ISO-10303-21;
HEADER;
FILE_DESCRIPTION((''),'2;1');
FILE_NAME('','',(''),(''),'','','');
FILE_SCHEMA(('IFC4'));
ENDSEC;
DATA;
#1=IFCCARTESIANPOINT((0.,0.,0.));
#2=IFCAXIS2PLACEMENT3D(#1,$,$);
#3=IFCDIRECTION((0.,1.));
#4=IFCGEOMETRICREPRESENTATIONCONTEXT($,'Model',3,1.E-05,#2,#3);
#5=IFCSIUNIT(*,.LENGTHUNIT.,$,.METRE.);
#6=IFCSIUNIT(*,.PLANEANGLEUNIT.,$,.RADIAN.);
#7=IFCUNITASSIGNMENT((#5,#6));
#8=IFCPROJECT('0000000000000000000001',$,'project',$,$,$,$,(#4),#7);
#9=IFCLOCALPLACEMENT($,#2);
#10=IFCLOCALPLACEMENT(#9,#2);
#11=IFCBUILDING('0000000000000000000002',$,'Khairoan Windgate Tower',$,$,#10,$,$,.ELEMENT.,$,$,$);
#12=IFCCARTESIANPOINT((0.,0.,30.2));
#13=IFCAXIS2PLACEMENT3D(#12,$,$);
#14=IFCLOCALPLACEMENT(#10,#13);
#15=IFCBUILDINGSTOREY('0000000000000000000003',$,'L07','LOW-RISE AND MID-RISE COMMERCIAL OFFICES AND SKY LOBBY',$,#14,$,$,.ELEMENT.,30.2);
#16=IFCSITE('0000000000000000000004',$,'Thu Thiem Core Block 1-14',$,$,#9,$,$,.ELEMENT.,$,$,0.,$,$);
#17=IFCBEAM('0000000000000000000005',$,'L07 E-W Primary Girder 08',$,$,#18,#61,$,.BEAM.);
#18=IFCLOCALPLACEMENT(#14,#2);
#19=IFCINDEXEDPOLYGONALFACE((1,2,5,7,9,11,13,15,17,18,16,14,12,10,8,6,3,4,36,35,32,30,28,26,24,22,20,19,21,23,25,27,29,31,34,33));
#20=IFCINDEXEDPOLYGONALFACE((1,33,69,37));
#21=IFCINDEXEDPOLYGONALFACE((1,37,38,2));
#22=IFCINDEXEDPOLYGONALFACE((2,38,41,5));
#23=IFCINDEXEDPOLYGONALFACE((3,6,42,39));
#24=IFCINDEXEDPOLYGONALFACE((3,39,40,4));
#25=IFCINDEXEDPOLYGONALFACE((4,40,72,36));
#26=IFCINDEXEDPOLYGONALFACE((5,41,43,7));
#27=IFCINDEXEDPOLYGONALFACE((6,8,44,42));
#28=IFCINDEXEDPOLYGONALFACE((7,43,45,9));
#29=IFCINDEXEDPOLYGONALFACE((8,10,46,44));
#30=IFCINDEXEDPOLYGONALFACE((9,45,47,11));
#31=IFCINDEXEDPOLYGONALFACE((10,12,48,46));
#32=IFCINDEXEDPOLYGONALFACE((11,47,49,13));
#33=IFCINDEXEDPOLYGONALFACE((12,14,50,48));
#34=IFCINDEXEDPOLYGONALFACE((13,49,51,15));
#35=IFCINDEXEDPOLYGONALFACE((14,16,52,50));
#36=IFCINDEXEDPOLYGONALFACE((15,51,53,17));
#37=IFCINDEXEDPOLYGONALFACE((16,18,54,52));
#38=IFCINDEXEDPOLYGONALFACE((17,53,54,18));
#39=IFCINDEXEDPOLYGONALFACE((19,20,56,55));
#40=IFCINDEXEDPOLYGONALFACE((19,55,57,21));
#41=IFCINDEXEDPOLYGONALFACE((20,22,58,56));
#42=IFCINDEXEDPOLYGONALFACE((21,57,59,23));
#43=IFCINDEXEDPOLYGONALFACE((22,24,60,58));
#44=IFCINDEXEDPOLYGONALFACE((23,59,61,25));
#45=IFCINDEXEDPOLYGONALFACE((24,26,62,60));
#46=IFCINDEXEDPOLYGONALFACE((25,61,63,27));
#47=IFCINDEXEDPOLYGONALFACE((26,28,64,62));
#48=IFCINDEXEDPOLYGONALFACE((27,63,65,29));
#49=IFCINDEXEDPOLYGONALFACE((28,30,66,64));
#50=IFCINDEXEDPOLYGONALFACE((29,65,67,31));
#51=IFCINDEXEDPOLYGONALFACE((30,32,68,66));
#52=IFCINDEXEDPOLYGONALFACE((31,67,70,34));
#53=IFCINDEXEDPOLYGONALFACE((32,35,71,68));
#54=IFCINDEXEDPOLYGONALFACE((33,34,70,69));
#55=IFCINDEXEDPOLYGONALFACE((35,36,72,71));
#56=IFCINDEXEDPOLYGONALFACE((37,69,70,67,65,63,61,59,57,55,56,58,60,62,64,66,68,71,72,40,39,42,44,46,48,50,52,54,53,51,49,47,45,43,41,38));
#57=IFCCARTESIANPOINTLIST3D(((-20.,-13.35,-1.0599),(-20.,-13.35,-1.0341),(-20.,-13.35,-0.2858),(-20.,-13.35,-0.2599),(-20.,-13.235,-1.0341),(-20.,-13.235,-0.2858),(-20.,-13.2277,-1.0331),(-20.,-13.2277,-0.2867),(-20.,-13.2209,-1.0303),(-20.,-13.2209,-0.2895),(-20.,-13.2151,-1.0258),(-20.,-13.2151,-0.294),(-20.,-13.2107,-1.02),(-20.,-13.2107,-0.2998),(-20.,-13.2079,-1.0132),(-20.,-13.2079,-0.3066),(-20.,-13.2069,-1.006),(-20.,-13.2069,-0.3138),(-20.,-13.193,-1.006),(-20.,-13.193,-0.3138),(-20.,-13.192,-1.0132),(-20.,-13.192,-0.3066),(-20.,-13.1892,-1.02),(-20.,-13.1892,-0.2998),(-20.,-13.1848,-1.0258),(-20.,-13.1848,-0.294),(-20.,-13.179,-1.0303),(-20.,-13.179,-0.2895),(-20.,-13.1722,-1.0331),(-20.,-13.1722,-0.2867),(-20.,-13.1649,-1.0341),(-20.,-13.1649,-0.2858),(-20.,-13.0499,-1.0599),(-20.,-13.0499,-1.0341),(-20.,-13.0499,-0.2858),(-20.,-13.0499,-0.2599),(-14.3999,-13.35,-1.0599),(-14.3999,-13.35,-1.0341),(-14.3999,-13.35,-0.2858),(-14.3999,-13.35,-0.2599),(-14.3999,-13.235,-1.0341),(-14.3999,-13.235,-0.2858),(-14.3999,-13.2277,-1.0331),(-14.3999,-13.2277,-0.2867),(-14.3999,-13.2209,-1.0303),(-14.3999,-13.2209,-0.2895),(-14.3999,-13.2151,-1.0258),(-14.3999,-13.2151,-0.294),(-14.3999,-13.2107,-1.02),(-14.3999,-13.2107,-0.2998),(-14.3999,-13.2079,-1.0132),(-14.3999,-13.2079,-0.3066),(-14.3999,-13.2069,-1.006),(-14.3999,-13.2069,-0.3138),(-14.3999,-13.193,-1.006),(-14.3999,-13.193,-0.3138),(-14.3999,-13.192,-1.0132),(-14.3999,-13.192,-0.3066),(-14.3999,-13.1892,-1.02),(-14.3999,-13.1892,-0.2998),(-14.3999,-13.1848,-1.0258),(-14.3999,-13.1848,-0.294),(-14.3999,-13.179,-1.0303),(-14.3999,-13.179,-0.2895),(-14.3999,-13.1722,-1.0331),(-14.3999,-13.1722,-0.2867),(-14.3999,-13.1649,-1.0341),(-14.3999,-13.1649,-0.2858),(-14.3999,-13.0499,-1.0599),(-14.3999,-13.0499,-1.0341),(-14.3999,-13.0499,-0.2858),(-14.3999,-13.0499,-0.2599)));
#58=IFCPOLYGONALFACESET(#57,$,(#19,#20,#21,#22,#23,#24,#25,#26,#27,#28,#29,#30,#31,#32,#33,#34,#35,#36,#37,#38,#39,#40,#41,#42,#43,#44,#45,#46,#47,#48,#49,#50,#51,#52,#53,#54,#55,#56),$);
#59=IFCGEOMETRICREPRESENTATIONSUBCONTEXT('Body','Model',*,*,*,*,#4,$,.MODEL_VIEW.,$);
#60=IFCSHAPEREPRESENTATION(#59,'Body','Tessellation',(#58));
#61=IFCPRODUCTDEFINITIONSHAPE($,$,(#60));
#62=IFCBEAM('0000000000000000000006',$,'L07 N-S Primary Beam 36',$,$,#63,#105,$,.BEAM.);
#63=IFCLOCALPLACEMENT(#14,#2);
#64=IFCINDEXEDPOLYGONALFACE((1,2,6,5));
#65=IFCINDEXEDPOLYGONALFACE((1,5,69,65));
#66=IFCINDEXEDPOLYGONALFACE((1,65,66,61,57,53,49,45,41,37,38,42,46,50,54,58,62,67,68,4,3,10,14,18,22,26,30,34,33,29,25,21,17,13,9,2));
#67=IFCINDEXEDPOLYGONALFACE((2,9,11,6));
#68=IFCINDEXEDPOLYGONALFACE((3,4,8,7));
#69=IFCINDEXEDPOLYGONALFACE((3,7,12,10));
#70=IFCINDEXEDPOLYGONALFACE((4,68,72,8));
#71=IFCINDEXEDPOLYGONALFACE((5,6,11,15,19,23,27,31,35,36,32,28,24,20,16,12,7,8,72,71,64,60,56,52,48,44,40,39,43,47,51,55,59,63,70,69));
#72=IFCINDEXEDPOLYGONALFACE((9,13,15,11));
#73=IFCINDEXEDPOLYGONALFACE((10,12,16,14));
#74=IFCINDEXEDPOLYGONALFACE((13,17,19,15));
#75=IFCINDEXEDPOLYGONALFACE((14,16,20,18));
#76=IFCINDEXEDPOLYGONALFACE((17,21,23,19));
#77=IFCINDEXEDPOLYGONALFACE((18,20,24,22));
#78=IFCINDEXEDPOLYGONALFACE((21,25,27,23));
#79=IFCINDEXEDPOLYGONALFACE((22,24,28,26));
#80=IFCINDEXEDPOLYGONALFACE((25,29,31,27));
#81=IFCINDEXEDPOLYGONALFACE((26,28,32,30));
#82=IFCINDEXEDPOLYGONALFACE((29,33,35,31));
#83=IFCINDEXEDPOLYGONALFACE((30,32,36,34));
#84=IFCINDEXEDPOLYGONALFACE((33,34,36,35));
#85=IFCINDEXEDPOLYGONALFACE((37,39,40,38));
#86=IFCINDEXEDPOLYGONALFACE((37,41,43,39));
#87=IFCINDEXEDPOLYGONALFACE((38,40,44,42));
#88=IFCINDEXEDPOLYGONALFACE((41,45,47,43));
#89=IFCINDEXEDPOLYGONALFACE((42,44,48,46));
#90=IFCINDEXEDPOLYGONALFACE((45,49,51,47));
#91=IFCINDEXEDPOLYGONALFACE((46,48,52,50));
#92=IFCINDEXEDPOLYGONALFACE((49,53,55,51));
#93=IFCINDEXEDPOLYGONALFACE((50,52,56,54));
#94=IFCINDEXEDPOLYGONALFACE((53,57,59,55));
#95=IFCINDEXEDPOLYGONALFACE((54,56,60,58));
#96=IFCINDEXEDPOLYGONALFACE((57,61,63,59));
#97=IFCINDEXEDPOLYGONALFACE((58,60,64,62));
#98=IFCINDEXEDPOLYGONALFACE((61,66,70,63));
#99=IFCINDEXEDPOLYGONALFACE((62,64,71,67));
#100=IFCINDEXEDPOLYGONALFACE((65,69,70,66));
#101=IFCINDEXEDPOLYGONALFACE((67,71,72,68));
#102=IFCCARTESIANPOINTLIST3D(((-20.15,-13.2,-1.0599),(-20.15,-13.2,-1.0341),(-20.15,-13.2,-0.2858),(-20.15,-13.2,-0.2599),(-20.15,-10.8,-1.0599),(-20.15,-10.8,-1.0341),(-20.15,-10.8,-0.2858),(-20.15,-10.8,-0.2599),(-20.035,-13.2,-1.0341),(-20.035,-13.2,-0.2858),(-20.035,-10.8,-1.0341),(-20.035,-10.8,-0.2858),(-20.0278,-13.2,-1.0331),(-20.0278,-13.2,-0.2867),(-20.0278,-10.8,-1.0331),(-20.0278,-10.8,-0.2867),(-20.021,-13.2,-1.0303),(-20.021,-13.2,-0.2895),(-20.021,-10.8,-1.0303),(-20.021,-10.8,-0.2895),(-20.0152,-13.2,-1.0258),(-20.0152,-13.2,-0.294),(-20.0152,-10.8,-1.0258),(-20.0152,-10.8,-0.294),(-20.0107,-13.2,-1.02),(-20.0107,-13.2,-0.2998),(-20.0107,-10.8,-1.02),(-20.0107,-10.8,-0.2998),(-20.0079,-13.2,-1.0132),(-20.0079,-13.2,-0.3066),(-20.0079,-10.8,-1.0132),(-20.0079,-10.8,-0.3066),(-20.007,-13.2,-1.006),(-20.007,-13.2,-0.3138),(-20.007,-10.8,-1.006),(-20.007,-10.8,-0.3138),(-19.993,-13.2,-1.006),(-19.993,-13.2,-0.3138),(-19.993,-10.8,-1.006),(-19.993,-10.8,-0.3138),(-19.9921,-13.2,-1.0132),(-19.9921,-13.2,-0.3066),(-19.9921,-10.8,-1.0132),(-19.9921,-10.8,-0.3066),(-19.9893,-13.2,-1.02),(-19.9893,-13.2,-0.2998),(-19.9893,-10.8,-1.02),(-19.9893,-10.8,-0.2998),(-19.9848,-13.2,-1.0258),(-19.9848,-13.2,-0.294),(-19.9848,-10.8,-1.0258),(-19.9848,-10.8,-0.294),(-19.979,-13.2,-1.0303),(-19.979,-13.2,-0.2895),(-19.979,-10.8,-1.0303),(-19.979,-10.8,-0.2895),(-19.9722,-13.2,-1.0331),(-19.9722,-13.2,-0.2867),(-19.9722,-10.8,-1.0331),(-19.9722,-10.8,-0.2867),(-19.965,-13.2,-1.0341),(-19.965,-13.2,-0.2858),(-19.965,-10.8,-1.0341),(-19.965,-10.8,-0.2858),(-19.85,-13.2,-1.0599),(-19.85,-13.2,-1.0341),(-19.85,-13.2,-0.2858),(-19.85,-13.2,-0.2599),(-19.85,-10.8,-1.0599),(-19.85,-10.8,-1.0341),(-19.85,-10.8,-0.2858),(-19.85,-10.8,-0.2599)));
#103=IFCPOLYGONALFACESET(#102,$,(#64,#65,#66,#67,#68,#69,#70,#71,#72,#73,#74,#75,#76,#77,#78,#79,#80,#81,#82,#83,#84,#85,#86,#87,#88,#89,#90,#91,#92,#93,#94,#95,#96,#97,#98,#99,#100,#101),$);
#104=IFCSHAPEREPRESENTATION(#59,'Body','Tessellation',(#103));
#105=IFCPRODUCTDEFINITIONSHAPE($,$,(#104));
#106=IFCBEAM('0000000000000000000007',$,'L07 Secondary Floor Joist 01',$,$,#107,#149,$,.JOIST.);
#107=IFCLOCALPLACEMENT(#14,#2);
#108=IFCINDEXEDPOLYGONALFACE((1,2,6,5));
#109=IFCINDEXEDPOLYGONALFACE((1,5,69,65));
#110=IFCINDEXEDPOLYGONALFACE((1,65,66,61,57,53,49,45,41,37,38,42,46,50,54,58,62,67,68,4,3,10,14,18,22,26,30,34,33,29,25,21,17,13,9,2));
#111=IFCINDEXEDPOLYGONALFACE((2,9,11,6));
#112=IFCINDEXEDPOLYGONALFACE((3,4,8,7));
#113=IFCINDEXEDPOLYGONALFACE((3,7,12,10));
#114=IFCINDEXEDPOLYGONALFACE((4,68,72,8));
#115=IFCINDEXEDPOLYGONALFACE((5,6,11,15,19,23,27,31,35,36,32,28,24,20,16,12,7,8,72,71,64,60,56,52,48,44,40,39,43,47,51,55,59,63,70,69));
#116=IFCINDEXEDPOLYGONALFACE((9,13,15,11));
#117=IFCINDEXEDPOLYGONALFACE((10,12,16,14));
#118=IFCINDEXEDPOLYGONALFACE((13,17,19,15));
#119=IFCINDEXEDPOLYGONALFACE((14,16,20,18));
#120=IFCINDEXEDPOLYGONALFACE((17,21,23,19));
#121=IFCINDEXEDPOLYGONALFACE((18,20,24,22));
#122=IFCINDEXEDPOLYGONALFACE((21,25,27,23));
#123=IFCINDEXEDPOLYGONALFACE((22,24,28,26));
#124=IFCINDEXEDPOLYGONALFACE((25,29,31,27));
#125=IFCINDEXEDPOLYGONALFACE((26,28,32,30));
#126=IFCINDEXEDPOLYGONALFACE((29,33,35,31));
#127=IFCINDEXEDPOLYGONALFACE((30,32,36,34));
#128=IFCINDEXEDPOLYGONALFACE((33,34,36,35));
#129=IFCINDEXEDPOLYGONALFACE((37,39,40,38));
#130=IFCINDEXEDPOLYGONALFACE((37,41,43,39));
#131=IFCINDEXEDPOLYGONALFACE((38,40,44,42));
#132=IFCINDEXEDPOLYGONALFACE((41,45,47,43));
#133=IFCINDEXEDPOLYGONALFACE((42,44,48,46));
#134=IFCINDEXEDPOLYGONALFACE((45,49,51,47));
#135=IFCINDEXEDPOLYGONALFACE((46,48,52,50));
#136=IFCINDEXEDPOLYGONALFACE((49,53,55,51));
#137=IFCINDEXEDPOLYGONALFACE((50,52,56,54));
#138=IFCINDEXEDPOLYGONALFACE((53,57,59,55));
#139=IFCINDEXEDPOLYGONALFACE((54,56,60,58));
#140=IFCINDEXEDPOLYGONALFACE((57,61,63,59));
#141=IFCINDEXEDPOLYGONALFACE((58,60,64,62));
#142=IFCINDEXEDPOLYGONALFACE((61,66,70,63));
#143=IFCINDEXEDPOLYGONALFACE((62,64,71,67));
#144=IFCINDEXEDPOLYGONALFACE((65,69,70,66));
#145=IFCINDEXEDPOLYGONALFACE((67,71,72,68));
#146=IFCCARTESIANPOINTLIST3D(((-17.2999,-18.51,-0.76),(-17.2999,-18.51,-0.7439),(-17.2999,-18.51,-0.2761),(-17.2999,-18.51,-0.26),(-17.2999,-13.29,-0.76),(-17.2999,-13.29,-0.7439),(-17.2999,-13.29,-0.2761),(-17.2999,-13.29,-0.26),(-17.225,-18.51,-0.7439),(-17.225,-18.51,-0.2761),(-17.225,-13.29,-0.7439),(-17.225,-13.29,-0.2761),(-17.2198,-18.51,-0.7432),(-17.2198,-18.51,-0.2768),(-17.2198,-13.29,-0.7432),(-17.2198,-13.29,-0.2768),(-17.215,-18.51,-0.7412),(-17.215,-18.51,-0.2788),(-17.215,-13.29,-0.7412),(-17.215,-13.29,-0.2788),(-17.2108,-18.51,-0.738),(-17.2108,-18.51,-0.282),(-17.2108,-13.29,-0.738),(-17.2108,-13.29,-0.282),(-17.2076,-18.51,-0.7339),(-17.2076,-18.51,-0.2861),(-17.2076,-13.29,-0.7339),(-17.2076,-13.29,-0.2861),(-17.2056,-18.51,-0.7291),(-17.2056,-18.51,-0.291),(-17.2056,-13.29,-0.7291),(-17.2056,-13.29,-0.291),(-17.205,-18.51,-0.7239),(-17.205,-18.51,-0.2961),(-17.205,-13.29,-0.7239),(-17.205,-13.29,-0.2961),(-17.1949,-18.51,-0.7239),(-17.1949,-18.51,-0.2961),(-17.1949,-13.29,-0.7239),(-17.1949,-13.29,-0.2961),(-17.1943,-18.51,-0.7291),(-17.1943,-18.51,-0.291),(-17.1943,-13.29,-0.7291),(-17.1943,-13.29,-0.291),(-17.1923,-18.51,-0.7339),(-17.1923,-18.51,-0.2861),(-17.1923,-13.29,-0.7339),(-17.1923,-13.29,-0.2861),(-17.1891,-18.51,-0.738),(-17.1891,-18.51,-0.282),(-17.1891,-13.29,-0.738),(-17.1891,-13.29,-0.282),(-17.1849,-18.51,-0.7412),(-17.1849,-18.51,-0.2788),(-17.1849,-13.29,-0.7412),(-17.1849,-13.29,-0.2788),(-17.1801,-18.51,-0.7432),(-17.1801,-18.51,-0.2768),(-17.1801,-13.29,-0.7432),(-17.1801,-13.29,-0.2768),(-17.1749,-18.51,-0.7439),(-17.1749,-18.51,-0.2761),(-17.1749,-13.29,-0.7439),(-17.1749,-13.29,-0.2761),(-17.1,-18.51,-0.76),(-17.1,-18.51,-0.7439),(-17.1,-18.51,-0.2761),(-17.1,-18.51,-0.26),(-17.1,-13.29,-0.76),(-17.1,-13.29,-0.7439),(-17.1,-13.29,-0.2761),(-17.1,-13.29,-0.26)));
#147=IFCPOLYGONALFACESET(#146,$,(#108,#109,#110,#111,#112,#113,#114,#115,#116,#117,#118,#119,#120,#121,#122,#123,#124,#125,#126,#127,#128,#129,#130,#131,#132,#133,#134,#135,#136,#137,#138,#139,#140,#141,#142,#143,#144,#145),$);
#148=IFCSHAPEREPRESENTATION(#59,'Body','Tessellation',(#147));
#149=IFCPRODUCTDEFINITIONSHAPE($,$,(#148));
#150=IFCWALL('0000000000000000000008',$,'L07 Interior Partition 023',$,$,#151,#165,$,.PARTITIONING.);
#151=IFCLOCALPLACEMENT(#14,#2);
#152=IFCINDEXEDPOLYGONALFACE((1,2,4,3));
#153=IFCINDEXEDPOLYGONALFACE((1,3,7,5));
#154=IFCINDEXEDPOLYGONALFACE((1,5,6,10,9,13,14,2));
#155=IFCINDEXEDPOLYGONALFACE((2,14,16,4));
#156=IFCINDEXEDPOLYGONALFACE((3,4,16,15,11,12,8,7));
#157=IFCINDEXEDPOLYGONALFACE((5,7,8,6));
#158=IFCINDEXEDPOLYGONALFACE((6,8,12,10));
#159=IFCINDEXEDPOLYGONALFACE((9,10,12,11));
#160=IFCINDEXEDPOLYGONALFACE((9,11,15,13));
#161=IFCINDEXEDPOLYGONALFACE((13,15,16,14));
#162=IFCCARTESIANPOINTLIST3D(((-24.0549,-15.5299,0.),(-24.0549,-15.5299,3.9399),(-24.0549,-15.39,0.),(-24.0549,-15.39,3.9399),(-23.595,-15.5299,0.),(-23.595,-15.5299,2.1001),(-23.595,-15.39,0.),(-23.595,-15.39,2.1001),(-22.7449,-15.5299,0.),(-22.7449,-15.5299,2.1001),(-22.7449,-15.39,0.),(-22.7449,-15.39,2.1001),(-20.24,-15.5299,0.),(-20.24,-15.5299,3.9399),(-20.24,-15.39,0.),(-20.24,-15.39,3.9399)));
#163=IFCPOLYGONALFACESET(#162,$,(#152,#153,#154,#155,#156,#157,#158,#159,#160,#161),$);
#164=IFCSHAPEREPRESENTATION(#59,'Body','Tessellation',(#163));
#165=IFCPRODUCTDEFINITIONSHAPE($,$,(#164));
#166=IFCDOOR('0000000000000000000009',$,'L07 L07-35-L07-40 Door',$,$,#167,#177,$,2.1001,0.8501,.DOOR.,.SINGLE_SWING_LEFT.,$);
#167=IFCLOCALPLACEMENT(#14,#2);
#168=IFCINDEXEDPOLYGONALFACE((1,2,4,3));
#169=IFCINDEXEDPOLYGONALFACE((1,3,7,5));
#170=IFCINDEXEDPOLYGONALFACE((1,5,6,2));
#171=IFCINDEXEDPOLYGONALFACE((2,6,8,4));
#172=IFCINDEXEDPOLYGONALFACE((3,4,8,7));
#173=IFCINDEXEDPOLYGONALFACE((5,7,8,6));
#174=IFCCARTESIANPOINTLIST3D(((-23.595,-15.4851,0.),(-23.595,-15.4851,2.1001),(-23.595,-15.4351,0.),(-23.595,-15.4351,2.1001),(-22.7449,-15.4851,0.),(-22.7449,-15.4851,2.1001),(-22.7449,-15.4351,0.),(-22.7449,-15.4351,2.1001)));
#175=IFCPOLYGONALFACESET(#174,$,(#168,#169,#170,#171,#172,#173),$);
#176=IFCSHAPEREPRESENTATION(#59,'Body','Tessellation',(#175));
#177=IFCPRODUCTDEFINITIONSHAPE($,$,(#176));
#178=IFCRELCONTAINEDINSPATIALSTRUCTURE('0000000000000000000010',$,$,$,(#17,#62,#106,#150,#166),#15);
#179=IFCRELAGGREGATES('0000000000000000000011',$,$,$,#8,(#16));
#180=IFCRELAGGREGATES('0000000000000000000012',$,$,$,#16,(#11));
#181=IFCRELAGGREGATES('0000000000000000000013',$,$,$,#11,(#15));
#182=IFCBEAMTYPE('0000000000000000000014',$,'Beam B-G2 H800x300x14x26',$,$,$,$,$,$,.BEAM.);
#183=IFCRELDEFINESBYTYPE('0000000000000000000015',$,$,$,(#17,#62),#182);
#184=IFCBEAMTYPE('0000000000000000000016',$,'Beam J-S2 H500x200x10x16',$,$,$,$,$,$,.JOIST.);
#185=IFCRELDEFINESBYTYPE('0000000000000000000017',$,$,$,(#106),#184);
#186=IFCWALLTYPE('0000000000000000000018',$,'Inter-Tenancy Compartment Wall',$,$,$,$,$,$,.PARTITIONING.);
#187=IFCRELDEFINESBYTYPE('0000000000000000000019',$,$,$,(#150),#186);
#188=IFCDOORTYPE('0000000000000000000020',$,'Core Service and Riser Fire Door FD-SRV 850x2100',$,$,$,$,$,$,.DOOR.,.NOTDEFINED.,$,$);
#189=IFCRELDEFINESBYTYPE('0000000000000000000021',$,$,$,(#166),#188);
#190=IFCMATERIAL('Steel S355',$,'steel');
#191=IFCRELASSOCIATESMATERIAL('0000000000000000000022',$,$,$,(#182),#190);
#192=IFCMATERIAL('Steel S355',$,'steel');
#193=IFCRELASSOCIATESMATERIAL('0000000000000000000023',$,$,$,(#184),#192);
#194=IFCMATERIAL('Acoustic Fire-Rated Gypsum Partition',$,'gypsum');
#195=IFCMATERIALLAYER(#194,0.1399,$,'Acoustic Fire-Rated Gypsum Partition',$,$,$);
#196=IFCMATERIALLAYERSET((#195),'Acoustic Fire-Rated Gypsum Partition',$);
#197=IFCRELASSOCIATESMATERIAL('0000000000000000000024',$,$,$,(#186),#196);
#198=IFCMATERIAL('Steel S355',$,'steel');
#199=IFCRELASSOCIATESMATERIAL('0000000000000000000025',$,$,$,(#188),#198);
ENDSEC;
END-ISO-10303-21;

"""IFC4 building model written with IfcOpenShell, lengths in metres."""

from ifc_helpers import new_model, si_unit, direction, frame, frame_2d, origin, origin_2d, place, context, subcontext, project, spatial, rectangle, i_section, extrude, material, layer, layer_set, material_profile, profile_set, type_object, element, fill, save


model = new_model("IFC4")

# Units and contexts
model_context = context("Model", 3, precision=1e-05, world=origin(), true_north=direction((0.0, 1.0)))
body_context = subcontext(model_context, "Body", "Model", "MODEL_VIEW")
ifc_project = project(units=[si_unit("LENGTHUNIT", "METRE"), si_unit("PLANEANGLEUNIT", "RADIAN")], contexts=[model_context])

# Site, building, storey
site_placement = place(None, origin())
site = spatial("IfcSite", under=ifc_project, at=site_placement, Name="Thu Thiem Core Block 1-14", CompositionType="ELEMENT", RefElevation=0.0)
building_placement = place(site_placement, origin())
building = spatial("IfcBuilding", under=site, at=building_placement, Name="Khairoan Windgate Tower", CompositionType="ELEMENT")
storey_placement = place(building_placement, frame((0.0, 0.0, 30.2)))
storey = spatial("IfcBuildingStorey", under=building, at=storey_placement, Name="L07", Description="LOW-RISE AND MID-RISE COMMERCIAL OFFICES AND SKY LOBBY", CompositionType="ELEMENT", Elevation=30.2)

# Beams
ifc_material_1 = material(Name="Steel S355", Category="steel")
ifc_material_profile_1 = material_profile(ifc_material_1, i_section(OverallWidth=0.3, OverallDepth=0.8, WebThickness=0.0139, FlangeThickness=0.0259, FilletRadius=0.0281, at=origin_2d()))
ifc_profile_set_1 = profile_set([ifc_material_profile_1], Name="Steel S355")
beam_type_1 = type_object("IfcBeamType", Name="Beam B-G2 H800x300x14x26", PredefinedType="BEAM", material=ifc_profile_set_1)
beam_1_placement = place(storey_placement, frame((-20.0, -13.2, -0.6599), z_axis=(1.0, 0.0, 0.0), x_axis=(0.0, 1.0, 0.0)))
element("IfcBeam", 1, at=beam_1_placement, inside=storey, type_object=beam_type_1, Name="L07 E-W Primary Girder 08", PredefinedType="BEAM", context=body_context, shape_type="SweptSolid", body=[
    extrude(i_section(OverallWidth=0.3, OverallDepth=0.8, WebThickness=0.0139, FlangeThickness=0.0259, FilletRadius=0.0281, at=origin_2d()), origin(), (0.0, 0.0, 1.0), 5.6001),
])
beam_2_placement = place(storey_placement, frame((-20.0, -13.2, -0.6599), z_axis=(0.0, 1.0, 0.0), x_axis=(-1.0, 0.0, 0.0)))
element("IfcBeam", 2, at=beam_2_placement, inside=storey, type_object=beam_type_1, Name="L07 N-S Primary Beam 36", PredefinedType="BEAM", context=body_context, shape_type="SweptSolid", body=[
    extrude(i_section(OverallWidth=0.3, OverallDepth=0.8, WebThickness=0.0139, FlangeThickness=0.0259, FilletRadius=0.0281, at=origin_2d()), origin(), (0.0, 0.0, 1.0), 2.3999),
])
ifc_material_2 = material(Name="Steel S355", Category="steel")
ifc_material_profile_2 = material_profile(ifc_material_2, i_section(OverallWidth=0.2, OverallDepth=0.5, WebThickness=0.01, FlangeThickness=0.0161, FilletRadius=0.02, at=origin_2d()))
ifc_profile_set_2 = profile_set([ifc_material_profile_2], Name="Steel S355")
beam_type_2 = type_object("IfcBeamType", Name="Beam J-S2 H500x200x10x16", PredefinedType="JOIST", material=ifc_profile_set_2)
beam_3_placement = place(storey_placement, frame((-17.2, -18.51, -0.51), z_axis=(0.0, 1.0, 0.0), x_axis=(-1.0, 0.0, 0.0)))
element("IfcBeam", 3, at=beam_3_placement, inside=storey, type_object=beam_type_2, Name="L07 Secondary Floor Joist 01", PredefinedType="JOIST", context=body_context, shape_type="SweptSolid", body=[
    extrude(i_section(OverallWidth=0.2, OverallDepth=0.5, WebThickness=0.01, FlangeThickness=0.0161, FilletRadius=0.02, at=origin_2d()), origin(), (0.0, 0.0, 1.0), 5.22),
])

# Wall, opening, door
ifc_material_3 = material(Name="Acoustic Fire-Rated Gypsum Partition", Category="gypsum")
ifc_layer_1 = layer(ifc_material_3, 0.1399, Name="Acoustic Fire-Rated Gypsum Partition")
ifc_layer_set_1 = layer_set([ifc_layer_1], Name="Acoustic Fire-Rated Gypsum Partition")
wall_type_1 = type_object("IfcWallType", Name="Inter-Tenancy Compartment Wall", PredefinedType="PARTITIONING", material=ifc_layer_set_1)
wall_1_placement = place(storey_placement, frame((-24.0549, -15.46, 0.0), z_axis=(0.0, 0.0, 1.0), x_axis=(1.0, 0.0, 0.0)))
wall_1 = element("IfcWall", 4, at=wall_1_placement, inside=storey, type_object=wall_type_1, Name="L07 Interior Partition 023", PredefinedType="PARTITIONING", context=body_context, shape_type="SweptSolid", body=[
    extrude(rectangle(XDim=3.8149, YDim=0.1399, at=frame_2d((1.9075, 0.0))), origin(), (0.0, 0.0, 1.0), 3.9399),
])
opening_1_placement = place(wall_1_placement, frame((0.46, 0.0, 0.0)))
opening_1 = element("IfcOpeningElement", 5, at=opening_1_placement, cuts=wall_1, PredefinedType="OPENING", context=body_context, shape_type="SweptSolid", body=[
    extrude(rectangle(XDim=0.8501, YDim=2.1001, at=frame_2d((0.425, 1.05))), frame((0.0, 0.0798, 0.0), z_axis=(0.0, -1.0, 0.0), x_axis=(1.0, 0.0, 0.0)), (0.0, 0.0, 1.0), 0.1599),
])
ifc_material_4 = material(Name="Steel S355", Category="steel")
door_type_1 = type_object("IfcDoorType", Name="Core Service and Riser Fire Door FD-SRV 850x2100", OperationType="NOTDEFINED", PredefinedType="DOOR", material=ifc_material_4)
door_1_placement = place(opening_1_placement, origin())
door_1 = element("IfcDoor", 6, at=door_1_placement, inside=storey, type_object=door_type_1, Name="L07 L07-35-L07-40 Door", OperationType="SINGLE_SWING_LEFT", OverallHeight=2.1001, OverallWidth=0.8501, PredefinedType="DOOR", context=body_context, shape_type="SweptSolid", body=[
    extrude(rectangle(XDim=0.8501, YDim=2.1001, at=frame_2d((0.425, 1.05))), frame((0.0, 0.0249, 0.0), z_axis=(0.0, -1.0, 0.0), x_axis=(1.0, 0.0, 0.0)), (0.0, 0.0, 1.0), 0.05),
])
fill(opening_1, door_1)

save(model, "model.ifc")
